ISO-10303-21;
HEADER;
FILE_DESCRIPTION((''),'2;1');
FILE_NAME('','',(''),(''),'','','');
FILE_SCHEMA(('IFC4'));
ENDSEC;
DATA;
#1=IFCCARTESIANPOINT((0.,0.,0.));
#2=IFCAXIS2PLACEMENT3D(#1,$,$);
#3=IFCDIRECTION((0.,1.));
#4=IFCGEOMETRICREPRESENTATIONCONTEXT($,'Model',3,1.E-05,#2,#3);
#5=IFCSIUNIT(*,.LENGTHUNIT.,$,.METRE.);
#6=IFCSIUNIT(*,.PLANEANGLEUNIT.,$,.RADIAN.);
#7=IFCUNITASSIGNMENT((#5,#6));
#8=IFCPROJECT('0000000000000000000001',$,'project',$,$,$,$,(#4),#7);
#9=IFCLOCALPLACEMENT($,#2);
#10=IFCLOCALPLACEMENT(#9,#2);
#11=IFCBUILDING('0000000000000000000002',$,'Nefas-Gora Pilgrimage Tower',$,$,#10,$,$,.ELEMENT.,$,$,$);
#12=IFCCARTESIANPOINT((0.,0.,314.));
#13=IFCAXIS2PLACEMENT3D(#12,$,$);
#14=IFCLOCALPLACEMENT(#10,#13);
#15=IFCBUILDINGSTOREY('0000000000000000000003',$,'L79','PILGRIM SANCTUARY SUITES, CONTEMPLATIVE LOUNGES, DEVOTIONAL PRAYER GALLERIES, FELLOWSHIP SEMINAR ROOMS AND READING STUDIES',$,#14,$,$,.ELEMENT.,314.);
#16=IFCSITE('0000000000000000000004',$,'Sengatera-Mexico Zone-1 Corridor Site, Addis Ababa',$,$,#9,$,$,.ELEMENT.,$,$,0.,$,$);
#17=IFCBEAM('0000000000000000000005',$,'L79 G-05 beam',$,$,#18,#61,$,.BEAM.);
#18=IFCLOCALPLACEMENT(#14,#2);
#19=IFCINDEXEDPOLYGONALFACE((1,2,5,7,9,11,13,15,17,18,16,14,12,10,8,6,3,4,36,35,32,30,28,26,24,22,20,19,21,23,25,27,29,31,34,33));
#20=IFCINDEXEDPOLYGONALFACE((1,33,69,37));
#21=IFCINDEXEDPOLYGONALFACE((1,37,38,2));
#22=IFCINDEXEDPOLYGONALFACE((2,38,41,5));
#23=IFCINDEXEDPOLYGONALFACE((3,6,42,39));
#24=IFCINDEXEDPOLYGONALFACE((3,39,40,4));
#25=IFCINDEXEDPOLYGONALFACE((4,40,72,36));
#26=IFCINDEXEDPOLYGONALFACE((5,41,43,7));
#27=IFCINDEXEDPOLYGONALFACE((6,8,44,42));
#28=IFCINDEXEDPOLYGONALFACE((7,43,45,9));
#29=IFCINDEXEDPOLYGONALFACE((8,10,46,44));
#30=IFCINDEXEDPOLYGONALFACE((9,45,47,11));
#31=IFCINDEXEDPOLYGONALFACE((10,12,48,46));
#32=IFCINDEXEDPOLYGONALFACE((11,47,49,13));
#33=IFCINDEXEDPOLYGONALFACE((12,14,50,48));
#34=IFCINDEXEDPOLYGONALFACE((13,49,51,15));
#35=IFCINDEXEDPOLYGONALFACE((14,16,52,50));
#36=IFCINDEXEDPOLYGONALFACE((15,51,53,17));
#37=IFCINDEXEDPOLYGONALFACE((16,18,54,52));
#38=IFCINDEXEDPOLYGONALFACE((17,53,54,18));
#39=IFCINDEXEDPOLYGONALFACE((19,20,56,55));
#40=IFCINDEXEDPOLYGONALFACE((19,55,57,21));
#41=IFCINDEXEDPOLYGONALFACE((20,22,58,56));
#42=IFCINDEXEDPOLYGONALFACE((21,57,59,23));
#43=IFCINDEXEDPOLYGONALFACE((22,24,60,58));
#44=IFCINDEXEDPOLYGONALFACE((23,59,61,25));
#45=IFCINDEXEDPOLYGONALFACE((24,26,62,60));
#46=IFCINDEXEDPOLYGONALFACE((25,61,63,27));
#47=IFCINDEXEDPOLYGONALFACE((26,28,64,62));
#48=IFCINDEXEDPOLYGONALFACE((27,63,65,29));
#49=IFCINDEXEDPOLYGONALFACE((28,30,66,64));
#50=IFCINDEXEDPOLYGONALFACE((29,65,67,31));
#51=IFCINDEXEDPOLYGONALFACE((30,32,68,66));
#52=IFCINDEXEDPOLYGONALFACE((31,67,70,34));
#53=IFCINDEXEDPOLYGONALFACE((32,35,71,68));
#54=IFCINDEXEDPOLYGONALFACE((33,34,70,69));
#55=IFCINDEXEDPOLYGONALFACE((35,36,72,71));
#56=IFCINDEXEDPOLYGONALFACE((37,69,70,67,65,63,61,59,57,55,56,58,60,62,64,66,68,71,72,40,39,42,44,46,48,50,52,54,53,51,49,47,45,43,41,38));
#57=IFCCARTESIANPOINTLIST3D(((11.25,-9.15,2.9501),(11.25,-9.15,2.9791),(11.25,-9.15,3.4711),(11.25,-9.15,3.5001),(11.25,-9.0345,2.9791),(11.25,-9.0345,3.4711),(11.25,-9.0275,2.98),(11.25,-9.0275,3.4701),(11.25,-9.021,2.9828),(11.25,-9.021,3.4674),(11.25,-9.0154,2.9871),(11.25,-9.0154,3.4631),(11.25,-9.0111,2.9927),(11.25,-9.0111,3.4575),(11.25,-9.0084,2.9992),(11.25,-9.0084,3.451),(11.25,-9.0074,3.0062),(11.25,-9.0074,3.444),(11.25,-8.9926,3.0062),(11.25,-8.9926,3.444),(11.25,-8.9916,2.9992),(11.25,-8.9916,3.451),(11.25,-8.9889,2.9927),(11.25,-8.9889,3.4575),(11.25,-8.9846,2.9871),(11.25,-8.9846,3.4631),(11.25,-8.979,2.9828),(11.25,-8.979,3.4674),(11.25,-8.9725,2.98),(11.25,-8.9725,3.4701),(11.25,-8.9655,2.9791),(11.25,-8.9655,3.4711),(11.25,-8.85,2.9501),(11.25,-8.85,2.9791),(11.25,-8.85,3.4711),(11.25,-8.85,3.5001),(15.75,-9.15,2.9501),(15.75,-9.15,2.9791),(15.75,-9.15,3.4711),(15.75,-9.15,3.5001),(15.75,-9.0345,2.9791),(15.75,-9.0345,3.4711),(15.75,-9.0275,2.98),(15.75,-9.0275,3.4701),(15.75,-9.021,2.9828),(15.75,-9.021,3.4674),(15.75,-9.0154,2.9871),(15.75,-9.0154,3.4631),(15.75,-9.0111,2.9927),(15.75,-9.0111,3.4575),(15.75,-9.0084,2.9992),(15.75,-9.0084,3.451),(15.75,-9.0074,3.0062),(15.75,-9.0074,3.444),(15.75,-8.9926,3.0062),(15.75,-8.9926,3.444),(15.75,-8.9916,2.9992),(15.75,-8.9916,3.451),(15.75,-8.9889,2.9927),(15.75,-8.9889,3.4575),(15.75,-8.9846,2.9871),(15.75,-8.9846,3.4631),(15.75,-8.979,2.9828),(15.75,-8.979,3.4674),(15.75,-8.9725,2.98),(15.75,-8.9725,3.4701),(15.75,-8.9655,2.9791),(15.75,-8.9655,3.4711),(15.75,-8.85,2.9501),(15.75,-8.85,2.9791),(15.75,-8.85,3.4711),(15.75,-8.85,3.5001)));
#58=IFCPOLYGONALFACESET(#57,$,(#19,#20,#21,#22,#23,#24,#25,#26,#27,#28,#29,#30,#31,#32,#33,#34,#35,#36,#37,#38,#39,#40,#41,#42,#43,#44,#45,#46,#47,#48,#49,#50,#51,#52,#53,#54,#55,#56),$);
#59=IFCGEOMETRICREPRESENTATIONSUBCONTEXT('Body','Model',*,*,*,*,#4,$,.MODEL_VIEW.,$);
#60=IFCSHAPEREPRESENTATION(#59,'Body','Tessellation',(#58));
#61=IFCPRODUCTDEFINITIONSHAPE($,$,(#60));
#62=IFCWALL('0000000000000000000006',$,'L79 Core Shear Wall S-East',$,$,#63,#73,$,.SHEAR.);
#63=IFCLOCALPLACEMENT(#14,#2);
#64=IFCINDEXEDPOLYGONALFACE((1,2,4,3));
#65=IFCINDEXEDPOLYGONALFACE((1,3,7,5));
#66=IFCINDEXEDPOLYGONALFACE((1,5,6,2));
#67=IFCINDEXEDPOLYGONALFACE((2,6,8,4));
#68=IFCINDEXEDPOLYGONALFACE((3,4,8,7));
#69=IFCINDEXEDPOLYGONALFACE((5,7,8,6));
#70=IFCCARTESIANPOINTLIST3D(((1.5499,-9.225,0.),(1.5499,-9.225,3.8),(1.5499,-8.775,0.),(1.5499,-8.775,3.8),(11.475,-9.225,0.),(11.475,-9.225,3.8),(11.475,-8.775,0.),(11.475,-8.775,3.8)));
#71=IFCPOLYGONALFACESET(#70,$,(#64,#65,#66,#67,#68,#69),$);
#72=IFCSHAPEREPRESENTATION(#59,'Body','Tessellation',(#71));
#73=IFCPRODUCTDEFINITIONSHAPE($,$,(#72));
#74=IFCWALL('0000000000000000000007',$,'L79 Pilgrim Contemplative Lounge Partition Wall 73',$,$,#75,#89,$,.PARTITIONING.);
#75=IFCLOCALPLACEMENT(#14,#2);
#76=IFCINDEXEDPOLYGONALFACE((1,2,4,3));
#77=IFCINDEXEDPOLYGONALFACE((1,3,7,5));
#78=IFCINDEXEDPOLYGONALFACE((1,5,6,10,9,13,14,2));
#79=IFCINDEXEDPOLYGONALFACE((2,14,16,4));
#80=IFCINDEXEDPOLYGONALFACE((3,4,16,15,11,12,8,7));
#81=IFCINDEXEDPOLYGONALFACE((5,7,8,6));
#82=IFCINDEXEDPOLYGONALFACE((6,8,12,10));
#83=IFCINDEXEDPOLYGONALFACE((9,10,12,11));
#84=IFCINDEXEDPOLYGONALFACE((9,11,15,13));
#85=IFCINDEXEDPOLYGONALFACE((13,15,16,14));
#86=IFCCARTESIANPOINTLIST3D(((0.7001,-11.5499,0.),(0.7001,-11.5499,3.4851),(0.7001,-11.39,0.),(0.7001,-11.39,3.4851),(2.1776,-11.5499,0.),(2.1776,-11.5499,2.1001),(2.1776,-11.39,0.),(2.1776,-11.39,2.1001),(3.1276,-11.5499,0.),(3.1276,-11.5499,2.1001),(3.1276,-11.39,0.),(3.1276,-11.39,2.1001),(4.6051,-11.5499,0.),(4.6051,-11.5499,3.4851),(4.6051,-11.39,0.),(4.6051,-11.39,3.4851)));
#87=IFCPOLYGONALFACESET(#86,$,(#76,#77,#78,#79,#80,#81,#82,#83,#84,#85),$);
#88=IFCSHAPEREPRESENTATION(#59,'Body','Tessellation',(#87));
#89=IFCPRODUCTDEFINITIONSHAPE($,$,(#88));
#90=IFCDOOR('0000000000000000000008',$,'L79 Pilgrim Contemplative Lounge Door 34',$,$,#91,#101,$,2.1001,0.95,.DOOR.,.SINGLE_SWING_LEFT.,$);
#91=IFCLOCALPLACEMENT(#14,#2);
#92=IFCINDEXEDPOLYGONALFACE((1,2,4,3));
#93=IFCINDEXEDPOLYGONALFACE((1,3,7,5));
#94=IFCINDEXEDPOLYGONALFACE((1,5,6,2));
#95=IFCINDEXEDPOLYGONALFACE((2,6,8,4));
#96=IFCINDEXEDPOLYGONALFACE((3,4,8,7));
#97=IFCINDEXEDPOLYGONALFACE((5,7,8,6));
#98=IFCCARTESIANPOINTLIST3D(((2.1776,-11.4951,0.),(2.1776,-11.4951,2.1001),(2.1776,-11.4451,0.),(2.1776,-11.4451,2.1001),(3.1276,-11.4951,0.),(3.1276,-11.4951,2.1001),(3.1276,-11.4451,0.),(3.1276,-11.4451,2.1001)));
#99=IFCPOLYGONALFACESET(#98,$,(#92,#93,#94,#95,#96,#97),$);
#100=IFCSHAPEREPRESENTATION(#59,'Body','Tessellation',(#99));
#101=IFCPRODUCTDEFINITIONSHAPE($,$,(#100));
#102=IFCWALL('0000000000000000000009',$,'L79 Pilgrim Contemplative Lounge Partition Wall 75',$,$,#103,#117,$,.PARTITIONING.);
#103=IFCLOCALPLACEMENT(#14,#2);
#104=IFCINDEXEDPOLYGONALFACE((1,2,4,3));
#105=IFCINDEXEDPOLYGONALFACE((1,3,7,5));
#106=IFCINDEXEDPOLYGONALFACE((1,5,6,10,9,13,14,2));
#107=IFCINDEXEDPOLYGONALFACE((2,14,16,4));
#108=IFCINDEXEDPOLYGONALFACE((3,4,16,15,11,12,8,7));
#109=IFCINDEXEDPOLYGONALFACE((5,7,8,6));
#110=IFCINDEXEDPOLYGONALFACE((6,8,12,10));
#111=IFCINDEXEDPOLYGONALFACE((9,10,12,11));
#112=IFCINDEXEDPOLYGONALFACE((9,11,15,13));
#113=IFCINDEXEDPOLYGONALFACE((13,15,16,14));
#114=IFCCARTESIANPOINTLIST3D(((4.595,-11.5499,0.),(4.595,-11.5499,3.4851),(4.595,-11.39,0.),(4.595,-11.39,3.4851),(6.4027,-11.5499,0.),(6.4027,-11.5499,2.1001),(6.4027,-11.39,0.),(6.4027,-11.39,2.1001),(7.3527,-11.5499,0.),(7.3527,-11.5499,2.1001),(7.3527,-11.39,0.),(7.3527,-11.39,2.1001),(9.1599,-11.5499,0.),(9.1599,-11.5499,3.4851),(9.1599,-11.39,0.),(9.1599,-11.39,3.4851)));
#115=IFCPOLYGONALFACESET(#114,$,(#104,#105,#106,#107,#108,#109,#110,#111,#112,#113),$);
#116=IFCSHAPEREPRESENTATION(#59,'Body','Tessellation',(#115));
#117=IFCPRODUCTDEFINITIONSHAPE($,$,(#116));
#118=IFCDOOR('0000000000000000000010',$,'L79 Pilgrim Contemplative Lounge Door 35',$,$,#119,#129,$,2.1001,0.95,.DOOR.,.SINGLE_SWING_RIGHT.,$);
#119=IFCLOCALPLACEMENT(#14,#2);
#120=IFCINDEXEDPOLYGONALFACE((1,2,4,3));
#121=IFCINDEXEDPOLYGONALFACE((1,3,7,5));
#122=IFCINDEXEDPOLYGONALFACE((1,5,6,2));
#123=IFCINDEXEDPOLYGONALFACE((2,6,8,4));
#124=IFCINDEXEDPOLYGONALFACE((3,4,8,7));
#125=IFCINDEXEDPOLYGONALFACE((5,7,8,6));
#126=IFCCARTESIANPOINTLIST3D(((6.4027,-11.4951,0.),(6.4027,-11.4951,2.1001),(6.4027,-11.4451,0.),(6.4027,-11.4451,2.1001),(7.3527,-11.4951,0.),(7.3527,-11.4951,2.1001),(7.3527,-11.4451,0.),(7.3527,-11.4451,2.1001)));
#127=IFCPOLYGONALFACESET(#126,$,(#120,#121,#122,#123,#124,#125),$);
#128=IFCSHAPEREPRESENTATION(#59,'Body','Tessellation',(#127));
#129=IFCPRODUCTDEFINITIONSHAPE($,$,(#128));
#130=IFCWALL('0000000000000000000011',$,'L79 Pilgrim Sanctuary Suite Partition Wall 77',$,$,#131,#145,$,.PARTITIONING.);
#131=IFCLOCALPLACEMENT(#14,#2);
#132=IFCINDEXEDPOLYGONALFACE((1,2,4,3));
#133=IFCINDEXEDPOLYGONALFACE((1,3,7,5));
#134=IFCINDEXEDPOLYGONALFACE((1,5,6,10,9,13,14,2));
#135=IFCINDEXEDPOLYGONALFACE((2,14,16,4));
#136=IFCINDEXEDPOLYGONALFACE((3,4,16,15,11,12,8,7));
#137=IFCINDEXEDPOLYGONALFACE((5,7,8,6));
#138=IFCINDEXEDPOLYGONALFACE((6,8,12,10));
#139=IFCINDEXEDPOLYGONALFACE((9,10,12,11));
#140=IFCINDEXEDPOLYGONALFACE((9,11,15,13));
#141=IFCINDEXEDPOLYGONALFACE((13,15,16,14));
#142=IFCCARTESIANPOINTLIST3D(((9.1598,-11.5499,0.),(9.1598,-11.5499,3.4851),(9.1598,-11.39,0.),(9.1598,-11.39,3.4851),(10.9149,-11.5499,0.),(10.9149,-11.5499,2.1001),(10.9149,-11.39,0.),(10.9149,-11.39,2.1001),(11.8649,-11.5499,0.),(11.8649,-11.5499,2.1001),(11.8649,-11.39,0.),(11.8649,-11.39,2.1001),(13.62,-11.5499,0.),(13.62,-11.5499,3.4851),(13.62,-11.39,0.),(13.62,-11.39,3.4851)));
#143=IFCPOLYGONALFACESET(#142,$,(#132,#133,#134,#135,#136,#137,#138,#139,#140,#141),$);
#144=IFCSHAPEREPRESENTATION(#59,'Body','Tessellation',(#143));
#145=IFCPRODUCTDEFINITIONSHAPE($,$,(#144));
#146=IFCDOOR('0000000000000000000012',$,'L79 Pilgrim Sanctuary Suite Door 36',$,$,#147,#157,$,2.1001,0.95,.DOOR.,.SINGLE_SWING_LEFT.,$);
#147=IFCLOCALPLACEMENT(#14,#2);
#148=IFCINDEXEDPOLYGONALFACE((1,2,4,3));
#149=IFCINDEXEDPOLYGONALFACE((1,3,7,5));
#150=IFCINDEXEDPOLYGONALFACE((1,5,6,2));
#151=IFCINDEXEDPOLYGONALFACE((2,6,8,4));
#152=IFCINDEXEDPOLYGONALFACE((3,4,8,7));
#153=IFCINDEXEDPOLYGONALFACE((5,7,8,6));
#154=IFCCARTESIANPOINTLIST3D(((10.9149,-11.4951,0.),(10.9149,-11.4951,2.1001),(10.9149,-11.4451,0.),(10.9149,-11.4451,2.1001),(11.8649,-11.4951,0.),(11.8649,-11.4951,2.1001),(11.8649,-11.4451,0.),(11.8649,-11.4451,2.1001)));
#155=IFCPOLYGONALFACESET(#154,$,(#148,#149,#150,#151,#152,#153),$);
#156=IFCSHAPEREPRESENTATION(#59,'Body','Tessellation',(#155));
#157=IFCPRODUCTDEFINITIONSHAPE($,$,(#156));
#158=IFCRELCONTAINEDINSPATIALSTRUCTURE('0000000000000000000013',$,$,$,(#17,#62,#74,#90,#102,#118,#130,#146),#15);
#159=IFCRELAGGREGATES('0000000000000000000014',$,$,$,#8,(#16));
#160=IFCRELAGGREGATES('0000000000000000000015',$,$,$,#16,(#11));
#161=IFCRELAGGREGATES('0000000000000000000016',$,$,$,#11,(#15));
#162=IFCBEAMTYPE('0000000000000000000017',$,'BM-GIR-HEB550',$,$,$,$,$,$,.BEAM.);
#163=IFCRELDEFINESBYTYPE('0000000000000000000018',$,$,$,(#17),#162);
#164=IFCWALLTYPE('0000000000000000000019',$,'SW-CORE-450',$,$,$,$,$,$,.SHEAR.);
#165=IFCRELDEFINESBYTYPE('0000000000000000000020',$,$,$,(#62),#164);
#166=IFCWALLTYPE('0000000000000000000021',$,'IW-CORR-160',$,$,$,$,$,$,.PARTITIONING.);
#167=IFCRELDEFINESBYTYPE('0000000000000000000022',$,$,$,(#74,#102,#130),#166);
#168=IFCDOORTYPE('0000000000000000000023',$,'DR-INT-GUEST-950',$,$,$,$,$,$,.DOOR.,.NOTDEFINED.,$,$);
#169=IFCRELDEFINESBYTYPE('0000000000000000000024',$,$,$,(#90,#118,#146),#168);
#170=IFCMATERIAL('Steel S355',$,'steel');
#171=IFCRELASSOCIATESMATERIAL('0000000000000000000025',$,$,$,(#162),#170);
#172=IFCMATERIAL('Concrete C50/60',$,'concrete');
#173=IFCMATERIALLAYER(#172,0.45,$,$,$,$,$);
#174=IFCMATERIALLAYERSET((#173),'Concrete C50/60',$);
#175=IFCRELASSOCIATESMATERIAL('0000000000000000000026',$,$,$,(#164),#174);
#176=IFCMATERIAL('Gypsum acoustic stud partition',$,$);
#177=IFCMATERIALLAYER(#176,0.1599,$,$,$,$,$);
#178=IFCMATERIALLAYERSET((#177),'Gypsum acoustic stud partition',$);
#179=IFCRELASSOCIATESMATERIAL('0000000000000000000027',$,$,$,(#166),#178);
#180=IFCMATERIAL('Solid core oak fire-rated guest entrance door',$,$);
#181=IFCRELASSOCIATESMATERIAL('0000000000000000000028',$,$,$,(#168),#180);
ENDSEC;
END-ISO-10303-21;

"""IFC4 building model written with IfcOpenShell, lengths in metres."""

from ifc_helpers import new_model, si_unit, direction, frame, frame_2d, origin, origin_2d, place, context, subcontext, project, spatial, rectangle, i_section, extrude, source, transform, mapped, material, layer, layer_set, material_profile, profile_set, type_object, element, fill, save


model = new_model("IFC4")

# Units and contexts
model_context = context("Model", 3, precision=1e-05, world=origin(), true_north=direction((0.0, 1.0)))
body_context = subcontext(model_context, "Body", "Model", "MODEL_VIEW")
ifc_project = project(units=[si_unit("LENGTHUNIT", "METRE"), si_unit("PLANEANGLEUNIT", "RADIAN")], contexts=[model_context])

# Site, building, storey
site_placement = place(None, origin())
site = spatial("IfcSite", under=ifc_project, at=site_placement, Name="Sengatera-Mexico Zone-1 Corridor Site, Addis Ababa", CompositionType="ELEMENT", RefElevation=0.0)
building_placement = place(site_placement, origin())
building = spatial("IfcBuilding", under=site, at=building_placement, Name="Nefas-Gora Pilgrimage Tower", CompositionType="ELEMENT")
storey_placement = place(building_placement, frame((0.0, 0.0, 314.0)))
storey = spatial("IfcBuildingStorey", under=building, at=storey_placement, Name="L79", Description="PILGRIM SANCTUARY SUITES, CONTEMPLATIVE LOUNGES, DEVOTIONAL PRAYER GALLERIES, FELLOWSHIP SEMINAR ROOMS AND READING STUDIES", CompositionType="ELEMENT", Elevation=314.0)

# Shared definitions
ifc_material_1 = material(Name="Steel S355", Category="steel")
ifc_material_2 = material(Name="Concrete C50/60", Category="concrete")

# Beam
ifc_material_profile_1 = material_profile(ifc_material_1, i_section(OverallWidth=0.3, OverallDepth=0.55, WebThickness=0.0149, FlangeThickness=0.0291, FilletRadius=0.0271, at=origin_2d()), Name="HEB 550")
ifc_profile_set_1 = profile_set([ifc_material_profile_1], Name="Steel S355")
beam_type = type_object("IfcBeamType", Name="BM-GIR-HEB550", PredefinedType="BEAM", material=ifc_profile_set_1)
shared_shape_1 = source(origin(), body_context, "Body", "SweptSolid", [
    extrude(i_section(OverallWidth=0.3, OverallDepth=0.55, WebThickness=0.0149, FlangeThickness=0.0291, FilletRadius=0.0271, at=origin_2d()), origin(), (0.0, 0.0, 1.0), 4.5),
])
for number, where, z_axis, x_axis, name in (
    (1, (11.25, -9.0, 3.2251), (1.0, 0.0, 0.0), (0.0, 1.0, 0.0), "L79 G-05 beam"),
):
    element("IfcBeam", number, at=place(storey_placement, frame(where, z_axis=z_axis, x_axis=x_axis)), inside=storey, type_object=beam_type, Name=name, PredefinedType="BEAM", context=body_context, shape_type="MappedRepresentation", body=[
        mapped(shared_shape_1, transform((0.0, 0.0, 0.0), x_axis=(1.0, 0.0, 0.0), y_axis=(0.0, 1.0, 0.0), z_axis=(0.0, 0.0, 1.0), scale=1.0)),
    ])

# Wall
ifc_layer_1 = layer(ifc_material_2, 0.45)
ifc_layer_set_1 = layer_set([ifc_layer_1], Name="Concrete C50/60")
wall_type_1 = type_object("IfcWallType", Name="SW-CORE-450", PredefinedType="SHEAR", material=ifc_layer_set_1)
shared_shape_2 = source(origin(), body_context, "Body", "SweptSolid", [
    extrude(rectangle(XDim=9.925, YDim=0.45, at=frame_2d((4.9624, 0.0))), origin(), (0.0, 0.0, 1.0), 3.8),
])
wall_1_placement = place(storey_placement, frame((1.55, -9.0, 0.0), z_axis=(0.0, 0.0, 1.0), x_axis=(1.0, 0.0, 0.0)))
element("IfcWall", 2, at=wall_1_placement, inside=storey, type_object=wall_type_1, Name="L79 Core Shear Wall S-East", PredefinedType="SHEAR", context=body_context, shape_type="MappedRepresentation", body=[
    mapped(shared_shape_2, transform((0.0, 0.0, 0.0), x_axis=(1.0, 0.0, 0.0), y_axis=(0.0, 1.0, 0.0), z_axis=(0.0, 0.0, 1.0), scale=1.0)),
])

# Walls, openings, doors
ifc_material_3 = material(Name="Gypsum acoustic stud partition")
ifc_layer_2 = layer(ifc_material_3, 0.1599)
ifc_layer_set_2 = layer_set([ifc_layer_2], Name="Gypsum acoustic stud partition")
wall_type_2 = type_object("IfcWallType", Name="IW-CORR-160", PredefinedType="PARTITIONING", material=ifc_layer_set_2)
shared_shape_3 = source(origin(), body_context, "Body", "SweptSolid", [
    extrude(rectangle(XDim=3.905, YDim=0.1599, at=frame_2d((1.9526, 0.0))), origin(), (0.0, 0.0, 1.0), 3.4851),
])
wall_2_placement = place(storey_placement, frame((0.7, -11.47, 0.0), z_axis=(0.0, 0.0, 1.0), x_axis=(1.0, 0.0, 0.0)))
wall_2 = element("IfcWall", 3, at=wall_2_placement, inside=storey, type_object=wall_type_2, Name="L79 Pilgrim Contemplative Lounge Partition Wall 73", PredefinedType="PARTITIONING", context=body_context, shape_type="MappedRepresentation", body=[
    mapped(shared_shape_3, transform((0.0, 0.0, 0.0), x_axis=(1.0, 0.0, 0.0), y_axis=(0.0, 1.0, 0.0), z_axis=(0.0, 0.0, 1.0), scale=1.0)),
])
opening_1_placement = place(wall_2_placement, frame((1.4775, 0.0, 0.0)))
opening_1 = element("IfcOpeningElement", 4, at=opening_1_placement, cuts=wall_2, PredefinedType="OPENING", context=body_context, shape_type="SweptSolid", body=[
    extrude(rectangle(XDim=0.95, YDim=2.1001, at=frame_2d((0.4751, 1.05))), frame((0.0, 0.0898, 0.0), z_axis=(0.0, -1.0, 0.0), x_axis=(1.0, 0.0, 0.0)), (0.0, 0.0, 1.0), 0.1799),
])
ifc_material_4 = material(Name="Solid core oak fire-rated guest entrance door")
door_type_1 = type_object("IfcDoorType", Name="DR-INT-GUEST-950", OperationType="NOTDEFINED", PredefinedType="DOOR", material=ifc_material_4)
shared_shape_4 = source(origin(), body_context, "Body", "SweptSolid", [
    extrude(rectangle(XDim=0.95, YDim=2.1001, at=frame_2d((0.4751, 1.05))), frame((0.0, 0.0249, 0.0), z_axis=(0.0, -1.0, 0.0), x_axis=(1.0, 0.0, 0.0)), (0.0, 0.0, 1.0), 0.05),
])
door_1_placement = place(opening_1_placement, origin())
door_1 = element("IfcDoor", 5, at=door_1_placement, inside=storey, type_object=door_type_1, Name="L79 Pilgrim Contemplative Lounge Door 34", OperationType="SINGLE_SWING_LEFT", OverallHeight=2.1001, OverallWidth=0.95, PredefinedType="DOOR", context=body_context, shape_type="MappedRepresentation", body=[
    mapped(shared_shape_4, transform((0.0, 0.0, 0.0), x_axis=(1.0, 0.0, 0.0), y_axis=(0.0, 1.0, 0.0), z_axis=(0.0, 0.0, 1.0), scale=1.0)),
])
fill(opening_1, door_1)
shared_shape_5 = source(origin(), body_context, "Body", "SweptSolid", [
    extrude(rectangle(XDim=4.5649, YDim=0.1599, at=frame_2d((2.2825, 0.0))), origin(), (0.0, 0.0, 1.0), 3.4851),
])
wall_3_placement = place(storey_placement, frame((4.595, -11.47, 0.0), z_axis=(0.0, 0.0, 1.0), x_axis=(1.0, 0.0, 0.0)))
wall_3 = element("IfcWall", 6, at=wall_3_placement, inside=storey, type_object=wall_type_2, Name="L79 Pilgrim Contemplative Lounge Partition Wall 75", PredefinedType="PARTITIONING", context=body_context, shape_type="MappedRepresentation", body=[
    mapped(shared_shape_5, transform((0.0, 0.0, 0.0), x_axis=(1.0, 0.0, 0.0), y_axis=(0.0, 1.0, 0.0), z_axis=(0.0, 0.0, 1.0), scale=1.0)),
])
opening_2_placement = place(wall_3_placement, frame((1.8076, 0.0, 0.0)))
opening_2 = element("IfcOpeningElement", 7, at=opening_2_placement, cuts=wall_3, PredefinedType="OPENING", context=body_context, shape_type="SweptSolid", body=[
    extrude(rectangle(XDim=0.95, YDim=2.1001, at=frame_2d((0.4751, 1.05))), frame((0.0, 0.0898, 0.0), z_axis=(0.0, -1.0, 0.0), x_axis=(1.0, 0.0, 0.0)), (0.0, 0.0, 1.0), 0.1799),
])
door_2_placement = place(opening_2_placement, origin())
door_2 = element("IfcDoor", 8, at=door_2_placement, inside=storey, type_object=door_type_1, Name="L79 Pilgrim Contemplative Lounge Door 35", OperationType="SINGLE_SWING_RIGHT", OverallHeight=2.1001, OverallWidth=0.95, PredefinedType="DOOR", context=body_context, shape_type="MappedRepresentation", body=[
    mapped(shared_shape_4, transform((0.0, 0.0, 0.0), x_axis=(1.0, 0.0, 0.0), y_axis=(0.0, 1.0, 0.0), z_axis=(0.0, 0.0, 1.0), scale=1.0)),
])
fill(opening_2, door_2)
shared_shape_6 = source(origin(), body_context, "Body", "SweptSolid", [
    extrude(rectangle(XDim=4.4602, YDim=0.1599, at=frame_2d((2.23, 0.0))), origin(), (0.0, 0.0, 1.0), 3.4851),
])
wall_4_placement = place(storey_placement, frame((9.1599, -11.47, 0.0), z_axis=(0.0, 0.0, 1.0), x_axis=(1.0, 0.0, 0.0)))
wall_4 = element("IfcWall", 9, at=wall_4_placement, inside=storey, type_object=wall_type_2, Name="L79 Pilgrim Sanctuary Suite Partition Wall 77", PredefinedType="PARTITIONING", context=body_context, shape_type="MappedRepresentation", body=[
    mapped(shared_shape_6, transform((0.0, 0.0, 0.0), x_axis=(1.0, 0.0, 0.0), y_axis=(0.0, 1.0, 0.0), z_axis=(0.0, 0.0, 1.0), scale=1.0)),
])
opening_3_placement = place(wall_4_placement, frame((1.7549, 0.0, 0.0)))
opening_3 = element("IfcOpeningElement", 10, at=opening_3_placement, cuts=wall_4, PredefinedType="OPENING", context=body_context, shape_type="SweptSolid", body=[
    extrude(rectangle(XDim=0.95, YDim=2.1001, at=frame_2d((0.4751, 1.05))), frame((0.0, 0.0898, 0.0), z_axis=(0.0, -1.0, 0.0), x_axis=(1.0, 0.0, 0.0)), (0.0, 0.0, 1.0), 0.1799),
])
door_3_placement = place(opening_3_placement, origin())
door_3 = element("IfcDoor", 11, at=door_3_placement, inside=storey, type_object=door_type_1, Name="L79 Pilgrim Sanctuary Suite Door 36", OperationType="SINGLE_SWING_LEFT", OverallHeight=2.1001, OverallWidth=0.95, PredefinedType="DOOR", context=body_context, shape_type="MappedRepresentation", body=[
    mapped(shared_shape_4, transform((0.0, 0.0, 0.0), x_axis=(1.0, 0.0, 0.0), y_axis=(0.0, 1.0, 0.0), z_axis=(0.0, 0.0, 1.0), scale=1.0)),
])
fill(opening_3, door_3)

save(model, "model.ifc")
